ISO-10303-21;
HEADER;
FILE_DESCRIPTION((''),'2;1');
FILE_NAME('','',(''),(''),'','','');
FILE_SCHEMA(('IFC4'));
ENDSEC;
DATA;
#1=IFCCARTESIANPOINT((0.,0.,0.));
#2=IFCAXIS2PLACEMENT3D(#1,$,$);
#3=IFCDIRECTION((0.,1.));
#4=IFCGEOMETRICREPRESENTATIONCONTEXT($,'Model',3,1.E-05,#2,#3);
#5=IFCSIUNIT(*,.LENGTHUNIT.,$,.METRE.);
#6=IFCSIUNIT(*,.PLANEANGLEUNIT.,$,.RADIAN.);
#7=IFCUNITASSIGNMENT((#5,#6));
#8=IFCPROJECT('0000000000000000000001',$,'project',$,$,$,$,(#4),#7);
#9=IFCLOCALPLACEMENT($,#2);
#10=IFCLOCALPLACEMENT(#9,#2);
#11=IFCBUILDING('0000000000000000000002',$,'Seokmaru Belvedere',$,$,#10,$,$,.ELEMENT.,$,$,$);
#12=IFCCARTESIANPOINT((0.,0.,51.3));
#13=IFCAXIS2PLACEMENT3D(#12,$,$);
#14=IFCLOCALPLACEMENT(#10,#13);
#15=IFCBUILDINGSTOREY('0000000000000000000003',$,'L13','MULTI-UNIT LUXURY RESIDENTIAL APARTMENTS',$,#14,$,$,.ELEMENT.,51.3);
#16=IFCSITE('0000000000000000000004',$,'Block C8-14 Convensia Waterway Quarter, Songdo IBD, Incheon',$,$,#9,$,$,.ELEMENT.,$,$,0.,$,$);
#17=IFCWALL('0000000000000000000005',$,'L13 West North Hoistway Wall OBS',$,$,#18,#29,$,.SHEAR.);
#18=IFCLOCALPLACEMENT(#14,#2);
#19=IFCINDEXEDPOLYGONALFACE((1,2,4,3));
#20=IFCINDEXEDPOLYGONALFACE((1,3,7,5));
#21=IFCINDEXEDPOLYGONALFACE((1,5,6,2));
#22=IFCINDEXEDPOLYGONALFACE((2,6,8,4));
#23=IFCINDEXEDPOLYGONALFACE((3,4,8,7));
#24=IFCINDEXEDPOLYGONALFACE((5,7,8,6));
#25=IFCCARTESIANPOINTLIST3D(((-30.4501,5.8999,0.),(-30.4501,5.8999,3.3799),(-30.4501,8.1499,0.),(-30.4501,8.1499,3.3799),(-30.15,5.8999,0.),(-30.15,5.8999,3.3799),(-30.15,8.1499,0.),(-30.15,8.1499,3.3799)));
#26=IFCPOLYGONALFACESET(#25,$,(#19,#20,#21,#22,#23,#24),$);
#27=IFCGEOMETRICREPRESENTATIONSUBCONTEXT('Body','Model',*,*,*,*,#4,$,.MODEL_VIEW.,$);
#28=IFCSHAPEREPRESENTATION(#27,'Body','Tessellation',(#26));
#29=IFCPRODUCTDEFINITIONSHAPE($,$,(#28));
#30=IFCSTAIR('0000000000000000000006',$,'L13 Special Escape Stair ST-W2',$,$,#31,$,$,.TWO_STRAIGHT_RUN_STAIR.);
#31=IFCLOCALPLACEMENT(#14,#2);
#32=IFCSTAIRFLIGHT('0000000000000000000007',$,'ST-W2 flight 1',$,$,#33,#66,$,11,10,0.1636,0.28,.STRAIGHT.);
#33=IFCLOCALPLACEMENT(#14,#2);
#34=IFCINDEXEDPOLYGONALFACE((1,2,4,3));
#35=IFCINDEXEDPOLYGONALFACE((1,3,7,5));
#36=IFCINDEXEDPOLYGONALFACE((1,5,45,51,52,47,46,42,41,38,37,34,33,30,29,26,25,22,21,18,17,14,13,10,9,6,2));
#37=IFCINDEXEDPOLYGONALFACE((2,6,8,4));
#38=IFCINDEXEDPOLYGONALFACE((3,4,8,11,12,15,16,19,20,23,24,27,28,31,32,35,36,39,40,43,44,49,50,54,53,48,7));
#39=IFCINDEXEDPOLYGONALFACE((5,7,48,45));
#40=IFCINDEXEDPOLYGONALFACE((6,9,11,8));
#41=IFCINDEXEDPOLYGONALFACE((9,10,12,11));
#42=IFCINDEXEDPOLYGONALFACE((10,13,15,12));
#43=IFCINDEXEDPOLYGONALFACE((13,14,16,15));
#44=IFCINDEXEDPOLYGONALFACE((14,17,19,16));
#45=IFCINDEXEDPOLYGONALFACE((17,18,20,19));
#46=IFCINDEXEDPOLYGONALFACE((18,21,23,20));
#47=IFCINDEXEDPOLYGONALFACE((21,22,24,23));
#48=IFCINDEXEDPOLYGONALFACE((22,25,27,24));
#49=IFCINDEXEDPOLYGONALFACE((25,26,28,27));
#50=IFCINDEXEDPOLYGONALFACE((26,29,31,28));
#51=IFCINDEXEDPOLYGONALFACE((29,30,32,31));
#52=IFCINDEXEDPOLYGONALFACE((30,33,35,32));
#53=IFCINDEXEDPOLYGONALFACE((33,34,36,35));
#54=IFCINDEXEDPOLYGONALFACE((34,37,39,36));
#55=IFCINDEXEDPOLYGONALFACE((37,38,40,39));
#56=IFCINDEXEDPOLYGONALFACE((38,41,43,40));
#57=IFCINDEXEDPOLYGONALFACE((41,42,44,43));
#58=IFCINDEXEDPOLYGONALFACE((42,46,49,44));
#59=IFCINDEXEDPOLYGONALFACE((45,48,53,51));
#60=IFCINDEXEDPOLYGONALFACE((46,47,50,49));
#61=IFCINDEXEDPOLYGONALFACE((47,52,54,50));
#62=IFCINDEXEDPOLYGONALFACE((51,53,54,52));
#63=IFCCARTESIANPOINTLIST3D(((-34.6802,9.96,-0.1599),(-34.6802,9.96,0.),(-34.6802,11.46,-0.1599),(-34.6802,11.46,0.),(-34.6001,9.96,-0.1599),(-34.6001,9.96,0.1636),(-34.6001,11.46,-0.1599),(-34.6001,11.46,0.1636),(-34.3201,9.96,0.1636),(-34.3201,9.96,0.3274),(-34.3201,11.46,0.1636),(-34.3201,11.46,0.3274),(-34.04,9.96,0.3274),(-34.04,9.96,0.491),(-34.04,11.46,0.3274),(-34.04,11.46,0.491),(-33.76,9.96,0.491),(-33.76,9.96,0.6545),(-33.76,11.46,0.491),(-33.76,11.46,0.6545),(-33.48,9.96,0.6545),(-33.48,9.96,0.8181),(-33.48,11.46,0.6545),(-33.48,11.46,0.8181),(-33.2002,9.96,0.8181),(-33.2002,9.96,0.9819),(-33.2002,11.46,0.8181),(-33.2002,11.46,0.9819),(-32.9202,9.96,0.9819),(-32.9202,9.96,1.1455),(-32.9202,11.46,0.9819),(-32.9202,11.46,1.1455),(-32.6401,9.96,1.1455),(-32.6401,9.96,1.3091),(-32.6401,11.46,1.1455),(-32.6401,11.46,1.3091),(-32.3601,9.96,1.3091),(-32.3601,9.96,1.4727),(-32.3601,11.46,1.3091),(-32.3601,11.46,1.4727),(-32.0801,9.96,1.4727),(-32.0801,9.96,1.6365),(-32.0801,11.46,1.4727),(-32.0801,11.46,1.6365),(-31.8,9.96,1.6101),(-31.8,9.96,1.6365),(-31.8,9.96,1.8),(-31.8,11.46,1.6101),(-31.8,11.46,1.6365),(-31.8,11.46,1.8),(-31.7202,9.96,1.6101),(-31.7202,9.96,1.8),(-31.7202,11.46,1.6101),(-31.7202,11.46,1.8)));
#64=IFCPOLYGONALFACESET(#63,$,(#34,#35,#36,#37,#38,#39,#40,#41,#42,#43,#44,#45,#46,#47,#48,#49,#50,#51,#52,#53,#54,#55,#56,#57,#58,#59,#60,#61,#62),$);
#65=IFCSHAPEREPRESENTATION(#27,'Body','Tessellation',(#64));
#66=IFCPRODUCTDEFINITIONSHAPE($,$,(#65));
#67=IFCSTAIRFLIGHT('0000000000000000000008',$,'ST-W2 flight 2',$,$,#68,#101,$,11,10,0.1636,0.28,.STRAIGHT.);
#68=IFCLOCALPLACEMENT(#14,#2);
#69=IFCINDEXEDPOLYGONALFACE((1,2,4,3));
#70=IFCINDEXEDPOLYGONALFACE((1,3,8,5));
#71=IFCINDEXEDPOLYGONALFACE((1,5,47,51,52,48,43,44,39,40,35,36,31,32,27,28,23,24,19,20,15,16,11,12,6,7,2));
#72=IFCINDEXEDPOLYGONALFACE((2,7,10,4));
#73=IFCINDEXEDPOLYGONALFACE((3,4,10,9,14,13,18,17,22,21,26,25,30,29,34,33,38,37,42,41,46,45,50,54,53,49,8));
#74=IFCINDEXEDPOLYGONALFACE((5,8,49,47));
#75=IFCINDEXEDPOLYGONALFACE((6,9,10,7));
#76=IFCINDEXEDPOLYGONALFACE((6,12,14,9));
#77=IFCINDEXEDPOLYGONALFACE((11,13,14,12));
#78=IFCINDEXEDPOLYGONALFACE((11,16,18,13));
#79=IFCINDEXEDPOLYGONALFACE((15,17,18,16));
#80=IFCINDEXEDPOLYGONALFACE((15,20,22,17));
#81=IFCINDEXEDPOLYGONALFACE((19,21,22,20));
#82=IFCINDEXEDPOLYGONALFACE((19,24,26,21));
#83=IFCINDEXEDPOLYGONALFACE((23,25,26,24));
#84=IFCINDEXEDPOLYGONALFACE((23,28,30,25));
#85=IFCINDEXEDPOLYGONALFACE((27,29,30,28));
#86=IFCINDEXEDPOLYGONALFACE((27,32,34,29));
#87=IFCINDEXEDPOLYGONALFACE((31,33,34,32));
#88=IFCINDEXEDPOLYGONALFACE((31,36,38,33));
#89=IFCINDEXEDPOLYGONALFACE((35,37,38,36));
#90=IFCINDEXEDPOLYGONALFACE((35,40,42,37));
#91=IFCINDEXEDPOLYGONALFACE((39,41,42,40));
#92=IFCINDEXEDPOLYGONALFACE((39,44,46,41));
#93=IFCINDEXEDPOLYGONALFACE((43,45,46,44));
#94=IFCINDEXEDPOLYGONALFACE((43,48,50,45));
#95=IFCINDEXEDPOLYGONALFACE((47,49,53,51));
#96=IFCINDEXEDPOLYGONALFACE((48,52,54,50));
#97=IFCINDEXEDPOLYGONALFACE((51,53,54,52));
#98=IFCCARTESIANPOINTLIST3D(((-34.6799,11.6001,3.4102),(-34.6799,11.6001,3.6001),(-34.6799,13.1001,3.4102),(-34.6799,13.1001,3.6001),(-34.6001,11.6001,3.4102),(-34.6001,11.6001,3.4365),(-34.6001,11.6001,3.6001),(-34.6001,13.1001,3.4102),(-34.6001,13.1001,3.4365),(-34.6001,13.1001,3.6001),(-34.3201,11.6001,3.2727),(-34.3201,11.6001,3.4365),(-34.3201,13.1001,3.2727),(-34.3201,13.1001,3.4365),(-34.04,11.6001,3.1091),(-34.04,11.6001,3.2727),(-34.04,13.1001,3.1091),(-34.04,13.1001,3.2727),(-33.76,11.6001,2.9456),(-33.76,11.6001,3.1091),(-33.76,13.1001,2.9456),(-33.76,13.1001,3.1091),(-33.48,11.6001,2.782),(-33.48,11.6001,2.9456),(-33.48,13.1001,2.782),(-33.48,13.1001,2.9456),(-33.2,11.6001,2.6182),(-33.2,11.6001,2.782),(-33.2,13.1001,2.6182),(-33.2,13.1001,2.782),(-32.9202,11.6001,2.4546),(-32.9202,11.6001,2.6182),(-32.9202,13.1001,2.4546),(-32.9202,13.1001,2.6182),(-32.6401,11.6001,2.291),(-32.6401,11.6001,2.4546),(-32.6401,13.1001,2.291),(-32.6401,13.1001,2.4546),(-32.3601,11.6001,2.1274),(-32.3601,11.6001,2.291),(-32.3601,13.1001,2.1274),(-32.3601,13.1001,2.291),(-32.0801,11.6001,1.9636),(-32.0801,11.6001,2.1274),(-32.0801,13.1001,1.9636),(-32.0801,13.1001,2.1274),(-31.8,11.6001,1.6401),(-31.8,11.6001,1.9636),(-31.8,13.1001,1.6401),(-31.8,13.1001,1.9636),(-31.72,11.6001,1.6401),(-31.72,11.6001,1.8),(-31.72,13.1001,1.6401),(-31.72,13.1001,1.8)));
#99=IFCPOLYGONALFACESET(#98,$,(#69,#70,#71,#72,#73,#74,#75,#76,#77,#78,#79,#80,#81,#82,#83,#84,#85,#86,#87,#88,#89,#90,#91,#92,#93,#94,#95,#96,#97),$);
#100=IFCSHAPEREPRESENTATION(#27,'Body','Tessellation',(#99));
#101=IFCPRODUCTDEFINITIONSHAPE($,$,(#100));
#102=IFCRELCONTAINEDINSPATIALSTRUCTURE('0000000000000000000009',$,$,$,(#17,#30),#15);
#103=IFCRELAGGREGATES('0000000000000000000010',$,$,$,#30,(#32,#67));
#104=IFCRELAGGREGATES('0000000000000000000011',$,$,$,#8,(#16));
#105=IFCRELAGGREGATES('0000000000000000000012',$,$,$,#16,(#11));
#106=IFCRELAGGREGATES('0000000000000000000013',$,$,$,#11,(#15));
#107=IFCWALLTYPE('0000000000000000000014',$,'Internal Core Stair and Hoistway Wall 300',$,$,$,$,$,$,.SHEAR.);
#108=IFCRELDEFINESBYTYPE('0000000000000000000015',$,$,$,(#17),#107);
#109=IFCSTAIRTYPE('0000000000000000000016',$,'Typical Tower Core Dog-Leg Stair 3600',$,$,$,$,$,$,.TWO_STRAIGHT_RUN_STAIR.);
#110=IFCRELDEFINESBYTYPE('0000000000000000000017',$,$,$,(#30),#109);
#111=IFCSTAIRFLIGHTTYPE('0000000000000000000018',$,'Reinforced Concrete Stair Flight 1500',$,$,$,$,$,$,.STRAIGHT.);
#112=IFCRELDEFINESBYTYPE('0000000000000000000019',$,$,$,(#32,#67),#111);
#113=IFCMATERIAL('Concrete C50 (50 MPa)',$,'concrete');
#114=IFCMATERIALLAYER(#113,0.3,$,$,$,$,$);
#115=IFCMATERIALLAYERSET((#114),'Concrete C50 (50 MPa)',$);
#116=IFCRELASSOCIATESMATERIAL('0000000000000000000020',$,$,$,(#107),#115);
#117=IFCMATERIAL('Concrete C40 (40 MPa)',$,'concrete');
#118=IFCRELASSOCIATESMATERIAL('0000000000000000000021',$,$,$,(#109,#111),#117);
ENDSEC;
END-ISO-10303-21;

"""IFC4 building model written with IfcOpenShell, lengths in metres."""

from ifc_helpers import new_model, si_unit, direction, frame, frame_2d, origin, place, context, subcontext, project, spatial, polyline, rectangle, outline, extrude, material, layer, layer_set, type_object, element, aggregate, save


model = new_model("IFC4")

# Units and contexts
model_context = context("Model", 3, precision=1e-05, world=origin(), true_north=direction((0.0, 1.0)))
body_context = subcontext(model_context, "Body", "Model", "MODEL_VIEW")
ifc_project = project(units=[si_unit("LENGTHUNIT", "METRE"), si_unit("PLANEANGLEUNIT", "RADIAN")], contexts=[model_context])

# Site, building, storey
site_placement = place(None, origin())
site = spatial("IfcSite", under=ifc_project, at=site_placement, Name="Block C8-14 Convensia Waterway Quarter, Songdo IBD, Incheon", CompositionType="ELEMENT", RefElevation=0.0)
building_placement = place(site_placement, origin())
building = spatial("IfcBuilding", under=site, at=building_placement, Name="Seokmaru Belvedere", CompositionType="ELEMENT")
storey_placement = place(building_placement, frame((0.0, 0.0, 51.3)))
storey = spatial("IfcBuildingStorey", under=building, at=storey_placement, Name="L13", Description="MULTI-UNIT LUXURY RESIDENTIAL APARTMENTS", CompositionType="ELEMENT", Elevation=51.3)

# Shared definitions
ifc_material_1 = material(Name="Concrete C50 (50 MPa)", Category="concrete")

# Shared definitions
ifc_layer_1 = layer(ifc_material_1, 0.3)
ifc_layer_set_1 = layer_set([ifc_layer_1], Name="Concrete C50 (50 MPa)")
wall_type_1 = type_object("IfcWallType", Name="Internal Core Stair and Hoistway Wall 300", PredefinedType="SHEAR", material=ifc_layer_set_1)

# Wall
wall_1_placement = place(storey_placement, frame((-30.3, 5.8999, 0.0), z_axis=(0.0, 0.0, 1.0), x_axis=(0.0, 1.0, 0.0)))
element("IfcWall", 1, at=wall_1_placement, inside=storey, type_object=wall_type_1, Name="L13 West North Hoistway Wall OBS", PredefinedType="SHEAR", context=body_context, shape_type="SweptSolid", body=[
    extrude(rectangle(XDim=2.25, YDim=0.3, at=frame_2d((1.125, 0.0))), origin(), (0.0, 0.0, 1.0), 3.3799),
])

# Stair, stair flights
ifc_material_2 = material(Name="Concrete C40 (40 MPa)", Category="concrete")
stair_type = type_object("IfcStairType", Name="Typical Tower Core Dog-Leg Stair 3600", PredefinedType="TWO_STRAIGHT_RUN_STAIR", material=ifc_material_2)
stair_placement = place(storey_placement, origin())
stair = element("IfcStair", 2, at=stair_placement, inside=storey, type_object=stair_type, Name="L13 Special Escape Stair ST-W2", PredefinedType="TWO_STRAIGHT_RUN_STAIR")
stair_flight_type = type_object("IfcStairFlightType", Name="Reinforced Concrete Stair Flight 1500", PredefinedType="STRAIGHT", material=ifc_material_2)
stair_flight_1_placement = place(storey_placement, frame((-34.6001, 10.71, 0.0), z_axis=(0.0, 0.0, 1.0), x_axis=(1.0, 0.0, 0.0)))
stair_flight_1 = element("IfcStairFlight", 3, at=stair_flight_1_placement, type_object=stair_flight_type, Name="ST-W2 flight 1", NumberOfRisers=11, NumberOfTreads=10, PredefinedType="STRAIGHT", RiserHeight=0.1636, TreadLength=0.28, context=body_context, shape_type="SweptSolid", body=[
    extrude(outline(polyline([(-0.0801, 0.0), (0.0, 0.1636), (0.28, 0.1636), (0.28, 0.3274), (0.5601, 0.3274), (0.5601, 0.491), (0.8401, 0.491), (0.8401, 0.6545), (1.1201, 0.6545), (1.1201, 0.8181), (1.3999, 0.8181), (1.3999, 0.9819), (1.6799, 0.9819), (1.6799, 1.1455), (1.96, 1.1455), (1.96, 1.3091), (2.24, 1.3091), (2.24, 1.4727), (2.52, 1.4727), (2.52, 1.6365), (2.8, 1.6365), (2.8, 1.8), (2.8799, 1.8), (2.8799, 1.6101), (2.8, 1.6101), (0.0, -0.1599), (-0.0801, -0.1599), (-0.0801, 0.0)])), frame((0.0, 0.75, 0.0), z_axis=(0.0, -1.0, 0.0), x_axis=(1.0, 0.0, 0.0)), (0.0, 0.0, 1.0), 1.5),
])
stair_flight_2_placement = place(storey_placement, frame((-31.8, 12.3501, 1.8), z_axis=(0.0, 0.0, 1.0), x_axis=(-1.0, 0.0, 0.0)))
stair_flight_2 = element("IfcStairFlight", 4, at=stair_flight_2_placement, type_object=stair_flight_type, Name="ST-W2 flight 2", NumberOfRisers=11, NumberOfTreads=10, PredefinedType="STRAIGHT", RiserHeight=0.1636, TreadLength=0.28, context=body_context, shape_type="SweptSolid", body=[
    extrude(outline(polyline([(-0.0801, 0.0), (0.0, 0.1636), (0.28, 0.1636), (0.28, 0.3274), (0.5601, 0.3274), (0.5601, 0.491), (0.8401, 0.491), (0.8401, 0.6545), (1.1201, 0.6545), (1.1201, 0.8181), (1.3999, 0.8181), (1.3999, 0.9819), (1.6799, 0.9819), (1.6799, 1.1455), (1.96, 1.1455), (1.96, 1.3091), (2.24, 1.3091), (2.24, 1.4727), (2.52, 1.4727), (2.52, 1.6365), (2.8, 1.6365), (2.8, 1.8), (2.8799, 1.8), (2.8799, 1.6101), (2.8, 1.6101), (0.0, -0.1599), (-0.0801, -0.1599), (-0.0801, 0.0)])), frame((0.0, 0.75, 0.0), z_axis=(0.0, -1.0, 0.0), x_axis=(1.0, 0.0, 0.0)), (0.0, 0.0, 1.0), 1.5),
])
aggregate(stair, [stair_flight_1, stair_flight_2])

save(model, "model.ifc")
